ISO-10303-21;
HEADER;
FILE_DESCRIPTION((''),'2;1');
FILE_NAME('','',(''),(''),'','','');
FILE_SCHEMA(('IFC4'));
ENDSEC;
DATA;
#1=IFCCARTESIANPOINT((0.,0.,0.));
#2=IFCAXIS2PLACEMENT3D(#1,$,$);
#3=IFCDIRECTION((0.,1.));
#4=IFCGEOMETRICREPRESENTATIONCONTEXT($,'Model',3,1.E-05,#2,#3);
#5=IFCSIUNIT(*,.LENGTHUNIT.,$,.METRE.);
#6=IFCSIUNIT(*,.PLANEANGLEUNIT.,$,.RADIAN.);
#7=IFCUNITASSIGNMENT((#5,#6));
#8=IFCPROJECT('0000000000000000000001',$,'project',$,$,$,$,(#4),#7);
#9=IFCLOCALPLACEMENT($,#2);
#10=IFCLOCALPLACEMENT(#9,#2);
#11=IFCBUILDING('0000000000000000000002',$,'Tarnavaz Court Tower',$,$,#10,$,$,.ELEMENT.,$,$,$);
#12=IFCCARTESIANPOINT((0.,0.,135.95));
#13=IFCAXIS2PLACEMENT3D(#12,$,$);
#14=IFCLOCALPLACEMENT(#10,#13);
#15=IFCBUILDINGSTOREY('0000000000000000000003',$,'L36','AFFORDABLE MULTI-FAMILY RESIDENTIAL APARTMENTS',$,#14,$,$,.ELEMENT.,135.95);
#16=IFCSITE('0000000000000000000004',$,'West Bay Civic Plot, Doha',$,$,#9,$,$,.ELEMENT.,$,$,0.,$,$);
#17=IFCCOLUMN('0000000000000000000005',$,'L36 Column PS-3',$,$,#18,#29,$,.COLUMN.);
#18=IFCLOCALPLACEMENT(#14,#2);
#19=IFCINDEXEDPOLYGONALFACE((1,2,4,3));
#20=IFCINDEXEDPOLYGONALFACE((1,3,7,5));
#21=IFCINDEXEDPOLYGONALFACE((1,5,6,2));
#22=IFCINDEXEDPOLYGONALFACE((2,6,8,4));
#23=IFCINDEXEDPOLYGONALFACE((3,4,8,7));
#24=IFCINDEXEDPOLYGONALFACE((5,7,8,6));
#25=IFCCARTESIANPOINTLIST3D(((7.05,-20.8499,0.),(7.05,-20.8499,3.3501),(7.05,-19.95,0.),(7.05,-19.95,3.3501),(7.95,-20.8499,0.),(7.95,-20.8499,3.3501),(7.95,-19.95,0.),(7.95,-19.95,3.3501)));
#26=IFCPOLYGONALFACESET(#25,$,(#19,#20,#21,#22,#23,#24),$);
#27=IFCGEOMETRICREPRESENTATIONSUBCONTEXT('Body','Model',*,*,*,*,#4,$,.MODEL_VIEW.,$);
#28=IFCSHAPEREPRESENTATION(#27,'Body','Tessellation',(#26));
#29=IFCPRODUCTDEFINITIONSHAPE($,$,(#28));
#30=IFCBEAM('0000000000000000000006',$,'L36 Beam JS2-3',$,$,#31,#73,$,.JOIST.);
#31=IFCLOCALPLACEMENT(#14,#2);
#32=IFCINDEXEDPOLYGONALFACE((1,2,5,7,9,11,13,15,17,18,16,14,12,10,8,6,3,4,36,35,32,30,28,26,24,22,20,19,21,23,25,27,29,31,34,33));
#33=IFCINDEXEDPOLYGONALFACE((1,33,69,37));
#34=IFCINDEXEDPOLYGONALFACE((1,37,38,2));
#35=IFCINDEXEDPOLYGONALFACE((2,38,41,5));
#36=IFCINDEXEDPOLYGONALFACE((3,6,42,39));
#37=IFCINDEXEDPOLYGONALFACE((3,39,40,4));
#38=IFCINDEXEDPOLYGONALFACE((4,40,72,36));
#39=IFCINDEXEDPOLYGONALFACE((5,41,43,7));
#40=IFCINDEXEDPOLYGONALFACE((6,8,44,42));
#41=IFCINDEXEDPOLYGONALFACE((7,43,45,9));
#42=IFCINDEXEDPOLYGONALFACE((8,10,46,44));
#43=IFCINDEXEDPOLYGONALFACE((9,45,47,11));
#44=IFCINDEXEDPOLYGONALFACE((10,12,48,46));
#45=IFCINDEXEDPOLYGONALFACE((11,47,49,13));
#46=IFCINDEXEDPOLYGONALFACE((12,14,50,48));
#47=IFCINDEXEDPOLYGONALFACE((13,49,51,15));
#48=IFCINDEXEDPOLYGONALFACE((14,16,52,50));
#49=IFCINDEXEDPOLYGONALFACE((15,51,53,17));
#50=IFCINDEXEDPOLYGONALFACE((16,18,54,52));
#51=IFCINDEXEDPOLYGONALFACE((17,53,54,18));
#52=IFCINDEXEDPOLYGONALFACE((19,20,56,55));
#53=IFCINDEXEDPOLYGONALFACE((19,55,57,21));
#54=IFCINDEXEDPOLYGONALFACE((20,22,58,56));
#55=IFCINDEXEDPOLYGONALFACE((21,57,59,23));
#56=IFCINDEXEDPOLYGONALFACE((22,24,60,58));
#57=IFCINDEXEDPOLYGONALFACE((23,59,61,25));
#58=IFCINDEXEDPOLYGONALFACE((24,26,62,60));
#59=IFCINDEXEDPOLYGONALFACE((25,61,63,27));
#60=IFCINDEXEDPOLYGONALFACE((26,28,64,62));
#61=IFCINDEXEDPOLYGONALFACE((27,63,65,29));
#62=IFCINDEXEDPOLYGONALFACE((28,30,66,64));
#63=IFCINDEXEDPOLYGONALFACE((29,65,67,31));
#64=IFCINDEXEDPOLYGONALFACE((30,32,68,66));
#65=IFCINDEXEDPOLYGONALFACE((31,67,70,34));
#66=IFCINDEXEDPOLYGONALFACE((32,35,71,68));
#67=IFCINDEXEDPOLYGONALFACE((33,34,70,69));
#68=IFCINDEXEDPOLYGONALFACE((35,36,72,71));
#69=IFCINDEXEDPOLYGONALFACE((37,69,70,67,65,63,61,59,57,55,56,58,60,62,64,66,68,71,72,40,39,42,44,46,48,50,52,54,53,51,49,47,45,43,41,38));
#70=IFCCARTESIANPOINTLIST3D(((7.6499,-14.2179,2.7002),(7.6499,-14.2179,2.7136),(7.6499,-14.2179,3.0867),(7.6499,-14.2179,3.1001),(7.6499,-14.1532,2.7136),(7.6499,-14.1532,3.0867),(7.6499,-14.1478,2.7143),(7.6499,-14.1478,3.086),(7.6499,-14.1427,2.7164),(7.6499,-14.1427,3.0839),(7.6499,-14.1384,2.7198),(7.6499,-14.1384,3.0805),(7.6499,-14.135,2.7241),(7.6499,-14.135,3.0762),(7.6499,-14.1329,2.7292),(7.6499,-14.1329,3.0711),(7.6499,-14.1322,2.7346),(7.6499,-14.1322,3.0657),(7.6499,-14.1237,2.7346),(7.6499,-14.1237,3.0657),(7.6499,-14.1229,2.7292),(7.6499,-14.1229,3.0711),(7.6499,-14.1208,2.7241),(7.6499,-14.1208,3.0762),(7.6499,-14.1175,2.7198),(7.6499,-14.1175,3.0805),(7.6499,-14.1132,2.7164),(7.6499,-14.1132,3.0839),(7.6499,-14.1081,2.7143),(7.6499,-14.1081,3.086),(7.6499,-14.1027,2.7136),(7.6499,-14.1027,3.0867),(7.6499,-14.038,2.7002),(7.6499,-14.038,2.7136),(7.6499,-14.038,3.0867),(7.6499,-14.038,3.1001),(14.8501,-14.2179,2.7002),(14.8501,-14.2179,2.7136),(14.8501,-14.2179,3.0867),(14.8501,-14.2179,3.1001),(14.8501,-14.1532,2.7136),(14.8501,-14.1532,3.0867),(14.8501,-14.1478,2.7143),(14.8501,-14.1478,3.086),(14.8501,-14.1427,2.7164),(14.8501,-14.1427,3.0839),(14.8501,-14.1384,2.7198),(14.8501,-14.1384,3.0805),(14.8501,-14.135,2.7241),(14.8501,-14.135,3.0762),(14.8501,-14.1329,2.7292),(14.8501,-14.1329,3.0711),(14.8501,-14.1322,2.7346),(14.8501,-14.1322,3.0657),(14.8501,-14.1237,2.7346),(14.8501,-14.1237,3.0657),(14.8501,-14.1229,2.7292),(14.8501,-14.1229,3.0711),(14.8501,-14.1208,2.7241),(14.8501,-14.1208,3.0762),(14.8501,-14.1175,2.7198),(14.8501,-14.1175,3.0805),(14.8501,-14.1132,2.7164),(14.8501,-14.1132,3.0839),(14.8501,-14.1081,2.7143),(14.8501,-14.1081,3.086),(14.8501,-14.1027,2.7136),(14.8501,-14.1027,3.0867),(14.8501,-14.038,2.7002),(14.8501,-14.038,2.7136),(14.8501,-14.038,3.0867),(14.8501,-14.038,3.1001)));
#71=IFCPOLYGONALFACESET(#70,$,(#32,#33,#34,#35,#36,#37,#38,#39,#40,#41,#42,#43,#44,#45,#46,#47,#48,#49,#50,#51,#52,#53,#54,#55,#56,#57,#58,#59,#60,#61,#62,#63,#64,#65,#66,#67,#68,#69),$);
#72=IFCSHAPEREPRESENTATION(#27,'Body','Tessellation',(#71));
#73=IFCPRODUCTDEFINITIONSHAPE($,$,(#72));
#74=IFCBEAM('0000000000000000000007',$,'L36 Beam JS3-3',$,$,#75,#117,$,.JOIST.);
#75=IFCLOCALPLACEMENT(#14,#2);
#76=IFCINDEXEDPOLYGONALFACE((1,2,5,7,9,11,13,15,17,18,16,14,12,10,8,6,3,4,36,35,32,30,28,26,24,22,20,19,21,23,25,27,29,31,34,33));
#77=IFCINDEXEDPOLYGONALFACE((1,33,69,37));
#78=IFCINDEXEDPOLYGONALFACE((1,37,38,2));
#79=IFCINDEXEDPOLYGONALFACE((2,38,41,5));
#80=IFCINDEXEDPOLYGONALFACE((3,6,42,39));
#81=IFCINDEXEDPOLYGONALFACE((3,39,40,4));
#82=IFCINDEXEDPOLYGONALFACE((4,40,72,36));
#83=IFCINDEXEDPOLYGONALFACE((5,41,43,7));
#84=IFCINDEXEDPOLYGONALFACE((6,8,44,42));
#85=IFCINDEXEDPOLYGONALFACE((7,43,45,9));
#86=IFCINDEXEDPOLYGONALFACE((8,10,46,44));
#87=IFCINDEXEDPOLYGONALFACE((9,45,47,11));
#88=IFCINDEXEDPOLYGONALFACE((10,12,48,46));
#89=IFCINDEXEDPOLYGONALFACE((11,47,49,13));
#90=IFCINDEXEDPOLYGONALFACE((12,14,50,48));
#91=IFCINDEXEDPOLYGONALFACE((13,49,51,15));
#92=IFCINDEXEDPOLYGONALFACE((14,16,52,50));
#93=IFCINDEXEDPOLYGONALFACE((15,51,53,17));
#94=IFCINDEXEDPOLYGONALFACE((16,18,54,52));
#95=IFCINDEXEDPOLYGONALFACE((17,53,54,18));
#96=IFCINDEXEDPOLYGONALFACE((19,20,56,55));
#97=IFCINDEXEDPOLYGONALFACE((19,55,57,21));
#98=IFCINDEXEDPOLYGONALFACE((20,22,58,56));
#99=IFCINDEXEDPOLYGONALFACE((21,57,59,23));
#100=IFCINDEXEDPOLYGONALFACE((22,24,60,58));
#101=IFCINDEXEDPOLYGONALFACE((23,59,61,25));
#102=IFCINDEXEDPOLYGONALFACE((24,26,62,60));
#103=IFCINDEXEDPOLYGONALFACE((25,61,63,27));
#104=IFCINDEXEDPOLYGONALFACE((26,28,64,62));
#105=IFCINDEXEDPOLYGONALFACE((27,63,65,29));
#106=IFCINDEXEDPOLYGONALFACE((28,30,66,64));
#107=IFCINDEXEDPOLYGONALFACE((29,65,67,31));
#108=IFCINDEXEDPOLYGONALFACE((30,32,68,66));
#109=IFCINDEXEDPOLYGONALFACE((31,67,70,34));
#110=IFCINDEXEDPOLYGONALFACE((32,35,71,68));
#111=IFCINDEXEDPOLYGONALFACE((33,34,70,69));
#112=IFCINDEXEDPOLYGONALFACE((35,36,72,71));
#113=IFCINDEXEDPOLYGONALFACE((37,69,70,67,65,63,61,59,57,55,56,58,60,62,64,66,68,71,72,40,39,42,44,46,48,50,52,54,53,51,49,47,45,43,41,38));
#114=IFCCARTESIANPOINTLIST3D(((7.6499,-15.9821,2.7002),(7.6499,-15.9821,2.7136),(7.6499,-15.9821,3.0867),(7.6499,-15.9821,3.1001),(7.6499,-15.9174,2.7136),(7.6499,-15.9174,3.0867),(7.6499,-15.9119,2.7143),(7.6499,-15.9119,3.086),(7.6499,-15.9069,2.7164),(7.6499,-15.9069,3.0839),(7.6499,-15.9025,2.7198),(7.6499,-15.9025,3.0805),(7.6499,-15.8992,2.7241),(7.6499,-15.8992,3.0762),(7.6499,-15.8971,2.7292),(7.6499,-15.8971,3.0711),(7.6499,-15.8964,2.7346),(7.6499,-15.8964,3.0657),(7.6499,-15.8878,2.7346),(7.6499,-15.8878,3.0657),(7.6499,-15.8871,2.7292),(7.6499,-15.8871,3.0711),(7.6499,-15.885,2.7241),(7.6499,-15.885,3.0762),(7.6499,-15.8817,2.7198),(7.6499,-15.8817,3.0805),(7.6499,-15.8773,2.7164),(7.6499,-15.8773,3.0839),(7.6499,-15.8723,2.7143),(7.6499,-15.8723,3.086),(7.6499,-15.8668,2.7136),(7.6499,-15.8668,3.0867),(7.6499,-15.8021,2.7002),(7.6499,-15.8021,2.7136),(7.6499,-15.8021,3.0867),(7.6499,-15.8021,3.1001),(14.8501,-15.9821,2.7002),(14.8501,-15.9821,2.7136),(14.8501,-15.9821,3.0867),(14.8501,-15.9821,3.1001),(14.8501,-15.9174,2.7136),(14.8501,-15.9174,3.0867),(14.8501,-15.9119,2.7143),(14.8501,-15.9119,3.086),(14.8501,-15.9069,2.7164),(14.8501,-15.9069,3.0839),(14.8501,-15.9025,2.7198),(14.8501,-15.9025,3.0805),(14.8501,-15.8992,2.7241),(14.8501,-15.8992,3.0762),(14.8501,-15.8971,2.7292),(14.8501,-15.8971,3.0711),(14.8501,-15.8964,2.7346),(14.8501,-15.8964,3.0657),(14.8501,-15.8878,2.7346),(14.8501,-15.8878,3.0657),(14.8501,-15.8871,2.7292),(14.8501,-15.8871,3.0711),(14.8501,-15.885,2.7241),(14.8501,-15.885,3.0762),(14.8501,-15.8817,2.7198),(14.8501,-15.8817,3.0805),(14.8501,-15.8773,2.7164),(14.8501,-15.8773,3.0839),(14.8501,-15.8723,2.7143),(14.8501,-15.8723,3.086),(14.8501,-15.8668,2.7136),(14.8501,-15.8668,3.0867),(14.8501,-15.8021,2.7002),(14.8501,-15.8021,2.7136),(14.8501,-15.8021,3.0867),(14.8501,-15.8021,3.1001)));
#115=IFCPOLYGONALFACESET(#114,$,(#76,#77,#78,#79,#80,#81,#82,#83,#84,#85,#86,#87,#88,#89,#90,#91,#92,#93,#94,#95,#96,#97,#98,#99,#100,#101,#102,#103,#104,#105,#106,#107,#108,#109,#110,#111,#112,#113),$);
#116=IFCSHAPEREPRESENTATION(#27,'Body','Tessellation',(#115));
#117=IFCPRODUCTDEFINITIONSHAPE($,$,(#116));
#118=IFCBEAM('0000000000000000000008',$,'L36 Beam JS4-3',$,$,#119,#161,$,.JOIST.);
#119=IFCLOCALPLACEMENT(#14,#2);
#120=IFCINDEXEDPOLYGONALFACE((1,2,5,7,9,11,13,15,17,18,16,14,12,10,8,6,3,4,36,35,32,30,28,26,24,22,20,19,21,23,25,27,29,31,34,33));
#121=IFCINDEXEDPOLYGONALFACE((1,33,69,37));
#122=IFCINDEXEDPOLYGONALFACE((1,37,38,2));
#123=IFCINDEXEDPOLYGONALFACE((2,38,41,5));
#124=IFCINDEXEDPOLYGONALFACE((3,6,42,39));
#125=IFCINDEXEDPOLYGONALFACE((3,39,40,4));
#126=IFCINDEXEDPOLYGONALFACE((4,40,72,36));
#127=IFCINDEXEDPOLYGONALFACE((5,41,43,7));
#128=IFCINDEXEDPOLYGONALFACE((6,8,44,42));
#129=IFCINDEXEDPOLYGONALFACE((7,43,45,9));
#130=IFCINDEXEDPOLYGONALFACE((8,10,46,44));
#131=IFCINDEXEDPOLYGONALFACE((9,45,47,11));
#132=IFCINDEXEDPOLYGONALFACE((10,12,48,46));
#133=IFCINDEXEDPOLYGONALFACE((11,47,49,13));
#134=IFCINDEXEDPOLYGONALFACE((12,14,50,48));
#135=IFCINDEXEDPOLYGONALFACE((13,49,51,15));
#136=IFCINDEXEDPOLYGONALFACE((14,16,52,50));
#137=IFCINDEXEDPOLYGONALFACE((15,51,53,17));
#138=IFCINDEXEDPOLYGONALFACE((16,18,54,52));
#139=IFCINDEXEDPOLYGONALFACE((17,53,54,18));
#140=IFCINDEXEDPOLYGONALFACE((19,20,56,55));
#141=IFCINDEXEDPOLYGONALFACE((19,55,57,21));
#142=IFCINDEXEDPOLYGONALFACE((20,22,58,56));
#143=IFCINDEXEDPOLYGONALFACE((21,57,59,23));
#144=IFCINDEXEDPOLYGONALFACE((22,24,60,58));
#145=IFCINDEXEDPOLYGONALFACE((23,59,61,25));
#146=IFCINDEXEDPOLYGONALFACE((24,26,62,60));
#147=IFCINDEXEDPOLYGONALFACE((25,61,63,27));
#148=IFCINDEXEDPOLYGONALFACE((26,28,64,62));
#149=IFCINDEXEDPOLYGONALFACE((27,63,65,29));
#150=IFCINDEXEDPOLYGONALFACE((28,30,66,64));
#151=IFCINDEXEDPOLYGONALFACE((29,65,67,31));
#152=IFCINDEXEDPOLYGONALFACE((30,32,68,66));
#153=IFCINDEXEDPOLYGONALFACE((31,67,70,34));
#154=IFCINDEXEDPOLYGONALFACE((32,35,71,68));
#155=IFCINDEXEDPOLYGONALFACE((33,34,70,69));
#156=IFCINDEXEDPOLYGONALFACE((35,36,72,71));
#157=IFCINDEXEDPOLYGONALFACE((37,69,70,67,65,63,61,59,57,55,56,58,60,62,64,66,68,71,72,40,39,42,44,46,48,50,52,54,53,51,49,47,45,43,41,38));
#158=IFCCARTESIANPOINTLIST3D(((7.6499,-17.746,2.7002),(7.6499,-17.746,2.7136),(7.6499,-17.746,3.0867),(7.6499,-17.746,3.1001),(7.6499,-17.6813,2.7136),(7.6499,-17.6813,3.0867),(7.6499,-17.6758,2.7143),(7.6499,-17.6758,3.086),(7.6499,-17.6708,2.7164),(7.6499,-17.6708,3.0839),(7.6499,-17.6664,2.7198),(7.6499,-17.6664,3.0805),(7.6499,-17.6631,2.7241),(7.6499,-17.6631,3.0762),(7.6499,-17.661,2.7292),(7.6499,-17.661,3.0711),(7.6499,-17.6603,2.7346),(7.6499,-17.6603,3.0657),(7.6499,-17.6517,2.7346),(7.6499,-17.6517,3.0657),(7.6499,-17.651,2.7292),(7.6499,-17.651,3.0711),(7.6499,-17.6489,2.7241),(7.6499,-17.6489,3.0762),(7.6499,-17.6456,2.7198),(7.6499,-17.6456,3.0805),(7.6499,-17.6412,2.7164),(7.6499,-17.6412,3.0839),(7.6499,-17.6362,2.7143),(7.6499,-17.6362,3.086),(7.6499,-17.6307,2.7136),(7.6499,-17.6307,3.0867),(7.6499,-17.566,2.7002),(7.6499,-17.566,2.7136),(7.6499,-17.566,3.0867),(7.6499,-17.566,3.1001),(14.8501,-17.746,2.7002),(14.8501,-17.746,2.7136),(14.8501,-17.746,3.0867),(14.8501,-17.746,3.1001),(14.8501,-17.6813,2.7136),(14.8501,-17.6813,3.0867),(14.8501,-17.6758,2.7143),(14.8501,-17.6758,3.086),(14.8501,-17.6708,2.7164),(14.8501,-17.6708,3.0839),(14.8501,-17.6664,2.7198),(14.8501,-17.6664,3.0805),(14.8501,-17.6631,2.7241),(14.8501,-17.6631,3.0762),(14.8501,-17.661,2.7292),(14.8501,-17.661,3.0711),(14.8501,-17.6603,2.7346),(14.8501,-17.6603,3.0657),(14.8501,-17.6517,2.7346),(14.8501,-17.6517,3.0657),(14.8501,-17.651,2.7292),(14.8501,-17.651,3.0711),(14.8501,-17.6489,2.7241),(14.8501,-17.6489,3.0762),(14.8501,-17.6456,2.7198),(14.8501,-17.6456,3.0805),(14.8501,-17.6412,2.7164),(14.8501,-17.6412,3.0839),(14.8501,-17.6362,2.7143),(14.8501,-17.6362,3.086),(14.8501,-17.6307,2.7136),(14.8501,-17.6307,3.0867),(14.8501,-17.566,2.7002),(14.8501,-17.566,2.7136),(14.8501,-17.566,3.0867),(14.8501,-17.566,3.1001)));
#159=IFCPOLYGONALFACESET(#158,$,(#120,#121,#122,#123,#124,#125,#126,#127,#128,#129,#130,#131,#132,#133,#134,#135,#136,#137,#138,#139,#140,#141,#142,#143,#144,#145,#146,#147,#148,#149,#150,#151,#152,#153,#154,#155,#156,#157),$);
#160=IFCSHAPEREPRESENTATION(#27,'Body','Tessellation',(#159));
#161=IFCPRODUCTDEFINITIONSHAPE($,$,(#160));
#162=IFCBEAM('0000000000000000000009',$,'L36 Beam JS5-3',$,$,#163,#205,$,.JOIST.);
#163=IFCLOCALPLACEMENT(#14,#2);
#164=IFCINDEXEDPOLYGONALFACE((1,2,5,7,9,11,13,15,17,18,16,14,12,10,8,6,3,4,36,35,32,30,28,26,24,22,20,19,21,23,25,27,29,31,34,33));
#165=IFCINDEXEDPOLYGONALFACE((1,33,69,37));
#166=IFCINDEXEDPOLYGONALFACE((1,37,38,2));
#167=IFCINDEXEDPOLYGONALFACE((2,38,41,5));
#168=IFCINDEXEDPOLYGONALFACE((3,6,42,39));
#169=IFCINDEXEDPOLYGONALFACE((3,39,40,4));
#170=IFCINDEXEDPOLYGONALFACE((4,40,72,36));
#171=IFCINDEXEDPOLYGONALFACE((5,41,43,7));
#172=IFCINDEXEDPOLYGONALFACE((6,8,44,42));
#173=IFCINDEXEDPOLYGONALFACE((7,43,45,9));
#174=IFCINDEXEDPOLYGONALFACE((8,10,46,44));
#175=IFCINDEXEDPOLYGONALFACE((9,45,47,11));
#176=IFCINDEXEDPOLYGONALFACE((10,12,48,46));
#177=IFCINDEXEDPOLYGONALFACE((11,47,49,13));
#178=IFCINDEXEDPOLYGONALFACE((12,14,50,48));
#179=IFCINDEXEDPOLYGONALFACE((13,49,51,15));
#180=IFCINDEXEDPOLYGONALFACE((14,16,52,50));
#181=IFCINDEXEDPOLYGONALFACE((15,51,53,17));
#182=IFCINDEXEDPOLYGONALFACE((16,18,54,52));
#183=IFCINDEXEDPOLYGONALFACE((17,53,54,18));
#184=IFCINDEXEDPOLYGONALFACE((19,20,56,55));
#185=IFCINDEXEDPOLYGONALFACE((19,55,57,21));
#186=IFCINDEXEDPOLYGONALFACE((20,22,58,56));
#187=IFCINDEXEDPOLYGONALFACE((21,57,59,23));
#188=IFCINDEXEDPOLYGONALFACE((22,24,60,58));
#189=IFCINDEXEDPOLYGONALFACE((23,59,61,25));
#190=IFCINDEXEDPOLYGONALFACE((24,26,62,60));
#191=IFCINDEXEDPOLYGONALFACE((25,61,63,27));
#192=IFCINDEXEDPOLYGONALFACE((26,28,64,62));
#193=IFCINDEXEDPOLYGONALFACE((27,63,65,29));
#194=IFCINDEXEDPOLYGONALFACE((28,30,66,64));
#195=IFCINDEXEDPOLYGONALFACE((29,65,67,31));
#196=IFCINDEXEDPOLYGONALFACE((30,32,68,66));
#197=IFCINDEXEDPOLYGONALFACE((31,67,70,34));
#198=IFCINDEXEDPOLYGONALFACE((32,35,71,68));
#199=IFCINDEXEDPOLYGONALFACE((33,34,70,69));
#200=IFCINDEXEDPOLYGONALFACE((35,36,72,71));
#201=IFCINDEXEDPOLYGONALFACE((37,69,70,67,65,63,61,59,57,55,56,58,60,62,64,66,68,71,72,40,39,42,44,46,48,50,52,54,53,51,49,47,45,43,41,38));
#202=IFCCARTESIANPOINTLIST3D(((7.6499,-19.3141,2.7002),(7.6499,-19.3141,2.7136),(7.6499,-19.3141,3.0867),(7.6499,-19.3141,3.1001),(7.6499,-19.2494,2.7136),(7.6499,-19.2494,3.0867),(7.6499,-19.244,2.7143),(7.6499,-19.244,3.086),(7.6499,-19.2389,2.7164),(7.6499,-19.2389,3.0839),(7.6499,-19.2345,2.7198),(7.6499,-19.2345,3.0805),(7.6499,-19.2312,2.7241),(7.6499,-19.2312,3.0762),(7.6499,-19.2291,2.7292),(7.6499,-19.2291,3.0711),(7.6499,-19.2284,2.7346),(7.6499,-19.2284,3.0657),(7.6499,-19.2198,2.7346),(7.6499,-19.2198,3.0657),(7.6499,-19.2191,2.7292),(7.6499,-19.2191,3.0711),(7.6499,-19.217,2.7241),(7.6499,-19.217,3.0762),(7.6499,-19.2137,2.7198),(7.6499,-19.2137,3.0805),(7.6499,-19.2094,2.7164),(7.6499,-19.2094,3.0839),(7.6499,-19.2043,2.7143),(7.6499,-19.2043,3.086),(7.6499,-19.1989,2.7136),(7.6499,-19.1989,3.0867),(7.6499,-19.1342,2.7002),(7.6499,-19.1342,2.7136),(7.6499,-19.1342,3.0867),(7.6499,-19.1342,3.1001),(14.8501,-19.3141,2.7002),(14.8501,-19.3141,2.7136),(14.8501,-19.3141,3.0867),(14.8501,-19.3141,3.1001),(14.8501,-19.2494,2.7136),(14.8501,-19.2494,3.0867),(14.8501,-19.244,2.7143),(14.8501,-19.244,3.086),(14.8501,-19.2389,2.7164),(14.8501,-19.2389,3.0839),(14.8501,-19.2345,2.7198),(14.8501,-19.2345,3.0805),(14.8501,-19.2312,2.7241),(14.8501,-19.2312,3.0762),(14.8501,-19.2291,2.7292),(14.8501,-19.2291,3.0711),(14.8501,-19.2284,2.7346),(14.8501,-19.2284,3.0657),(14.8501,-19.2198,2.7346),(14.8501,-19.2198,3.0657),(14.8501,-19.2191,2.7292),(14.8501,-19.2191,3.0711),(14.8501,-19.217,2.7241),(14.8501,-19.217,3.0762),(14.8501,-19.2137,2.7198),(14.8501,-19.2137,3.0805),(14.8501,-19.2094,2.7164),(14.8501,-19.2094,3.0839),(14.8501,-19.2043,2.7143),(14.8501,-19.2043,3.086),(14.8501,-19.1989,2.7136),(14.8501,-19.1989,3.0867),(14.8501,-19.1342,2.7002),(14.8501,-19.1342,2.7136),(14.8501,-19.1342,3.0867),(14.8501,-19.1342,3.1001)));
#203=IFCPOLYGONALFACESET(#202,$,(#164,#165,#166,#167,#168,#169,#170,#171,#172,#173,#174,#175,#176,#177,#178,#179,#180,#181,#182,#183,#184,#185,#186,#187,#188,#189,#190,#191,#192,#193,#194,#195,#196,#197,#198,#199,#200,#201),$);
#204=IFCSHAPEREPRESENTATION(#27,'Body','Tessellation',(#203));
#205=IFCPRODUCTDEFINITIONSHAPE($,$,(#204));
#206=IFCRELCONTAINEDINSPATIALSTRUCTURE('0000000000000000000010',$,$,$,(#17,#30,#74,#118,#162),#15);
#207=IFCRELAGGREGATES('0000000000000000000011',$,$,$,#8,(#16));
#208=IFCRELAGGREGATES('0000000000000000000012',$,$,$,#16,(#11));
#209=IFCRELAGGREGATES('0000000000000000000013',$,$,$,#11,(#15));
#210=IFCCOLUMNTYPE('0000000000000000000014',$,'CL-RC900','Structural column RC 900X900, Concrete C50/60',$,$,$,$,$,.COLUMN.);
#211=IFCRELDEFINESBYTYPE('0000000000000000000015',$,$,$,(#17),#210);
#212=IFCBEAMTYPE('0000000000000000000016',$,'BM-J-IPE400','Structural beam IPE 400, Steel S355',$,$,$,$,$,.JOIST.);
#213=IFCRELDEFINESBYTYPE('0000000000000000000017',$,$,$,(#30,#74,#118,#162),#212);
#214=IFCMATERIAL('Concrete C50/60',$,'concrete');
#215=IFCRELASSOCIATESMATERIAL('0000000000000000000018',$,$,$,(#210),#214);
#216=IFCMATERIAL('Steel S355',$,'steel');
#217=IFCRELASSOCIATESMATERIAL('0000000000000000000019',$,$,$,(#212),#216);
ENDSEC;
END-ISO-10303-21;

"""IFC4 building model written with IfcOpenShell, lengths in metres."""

from ifc_helpers import new_model, si_unit, direction, frame, origin, origin_2d, place, context, subcontext, project, spatial, rectangle, i_section, extrude, material, material_profile, profile_set, type_object, element, save


model = new_model("IFC4")

# Units and contexts
model_context = context("Model", 3, precision=1e-05, world=origin(), true_north=direction((0.0, 1.0)))
body_context = subcontext(model_context, "Body", "Model", "MODEL_VIEW")
ifc_project = project(units=[si_unit("LENGTHUNIT", "METRE"), si_unit("PLANEANGLEUNIT", "RADIAN")], contexts=[model_context])

# Site, building, storey
site_placement = place(None, origin())
site = spatial("IfcSite", under=ifc_project, at=site_placement, Name="West Bay Civic Plot, Doha", CompositionType="ELEMENT", RefElevation=0.0)
building_placement = place(site_placement, origin())
building = spatial("IfcBuilding", under=site, at=building_placement, Name="Tarnavaz Court Tower", CompositionType="ELEMENT")
storey_placement = place(building_placement, frame((0.0, 0.0, 135.95)))
storey = spatial("IfcBuildingStorey", under=building, at=storey_placement, Name="L36", Description="AFFORDABLE MULTI-FAMILY RESIDENTIAL APARTMENTS", CompositionType="ELEMENT", Elevation=135.95)

# Column
ifc_material_1 = material(Name="Concrete C50/60", Category="concrete")
ifc_material_profile_1 = material_profile(ifc_material_1, rectangle(XDim=0.8999, YDim=0.8999, at=origin_2d()), Name="RC 900X900")
ifc_profile_set_1 = profile_set([ifc_material_profile_1], Name="Concrete C50/60")
column_type = type_object("IfcColumnType", Name="CL-RC900", Description="Structural column RC 900X900, Concrete C50/60", PredefinedType="COLUMN", material=ifc_profile_set_1)
column_placement = place(storey_placement, frame((7.5, -20.3999, 0.0), z_axis=(0.0, 0.0, 1.0), x_axis=(1.0, 0.0, 0.0)))
element("IfcColumn", 1, at=column_placement, inside=storey, type_object=column_type, Name="L36 Column PS-3", PredefinedType="COLUMN", context=body_context, shape_type="SweptSolid", body=[
    extrude(rectangle(XDim=0.8999, YDim=0.8999, at=origin_2d()), origin(), (0.0, 0.0, 1.0), 3.3501),
])

# Beams
ifc_material_2 = material(Name="Steel S355", Category="steel")
ifc_material_profile_2 = material_profile(ifc_material_2, i_section(OverallWidth=0.1799, OverallDepth=0.3999, WebThickness=0.0085, FlangeThickness=0.0134, FilletRadius=0.021, at=origin_2d()), Name="IPE 400")
ifc_profile_set_2 = profile_set([ifc_material_profile_2], Name="Steel S355")
beam_type_1 = type_object("IfcBeamType", Name="BM-J-IPE400", Description="Structural beam IPE 400, Steel S355", PredefinedType="JOIST", material=ifc_profile_set_2)
for number, where, z_axis, x_axis, name in (
    (2, (7.6499, -14.1279, 2.9001), (1.0, 0.0, 0.0), (0.0, 1.0, 0.0), "L36 Beam JS2-3"),
    (3, (7.6499, -15.8921, 2.9001), (1.0, 0.0, 0.0), (0.0, 1.0, 0.0), "L36 Beam JS3-3"),
    (4, (7.6499, -17.656, 2.9001), (1.0, 0.0, 0.0), (0.0, 1.0, 0.0), "L36 Beam JS4-3"),
    (5, (7.6499, -19.2241, 2.9001), (1.0, 0.0, 0.0), (0.0, 1.0, 0.0), "L36 Beam JS5-3"),
):
    element("IfcBeam", number, at=place(storey_placement, frame(where, z_axis=z_axis, x_axis=x_axis)), inside=storey, type_object=beam_type_1, Name=name, PredefinedType="JOIST", context=body_context, shape_type="SweptSolid", body=[
        extrude(i_section(OverallWidth=0.1799, OverallDepth=0.3999, WebThickness=0.0085, FlangeThickness=0.0134, FilletRadius=0.021, at=origin_2d()), origin(), (0.0, 0.0, 1.0), 7.2002),
    ])

save(model, "model.ifc")
